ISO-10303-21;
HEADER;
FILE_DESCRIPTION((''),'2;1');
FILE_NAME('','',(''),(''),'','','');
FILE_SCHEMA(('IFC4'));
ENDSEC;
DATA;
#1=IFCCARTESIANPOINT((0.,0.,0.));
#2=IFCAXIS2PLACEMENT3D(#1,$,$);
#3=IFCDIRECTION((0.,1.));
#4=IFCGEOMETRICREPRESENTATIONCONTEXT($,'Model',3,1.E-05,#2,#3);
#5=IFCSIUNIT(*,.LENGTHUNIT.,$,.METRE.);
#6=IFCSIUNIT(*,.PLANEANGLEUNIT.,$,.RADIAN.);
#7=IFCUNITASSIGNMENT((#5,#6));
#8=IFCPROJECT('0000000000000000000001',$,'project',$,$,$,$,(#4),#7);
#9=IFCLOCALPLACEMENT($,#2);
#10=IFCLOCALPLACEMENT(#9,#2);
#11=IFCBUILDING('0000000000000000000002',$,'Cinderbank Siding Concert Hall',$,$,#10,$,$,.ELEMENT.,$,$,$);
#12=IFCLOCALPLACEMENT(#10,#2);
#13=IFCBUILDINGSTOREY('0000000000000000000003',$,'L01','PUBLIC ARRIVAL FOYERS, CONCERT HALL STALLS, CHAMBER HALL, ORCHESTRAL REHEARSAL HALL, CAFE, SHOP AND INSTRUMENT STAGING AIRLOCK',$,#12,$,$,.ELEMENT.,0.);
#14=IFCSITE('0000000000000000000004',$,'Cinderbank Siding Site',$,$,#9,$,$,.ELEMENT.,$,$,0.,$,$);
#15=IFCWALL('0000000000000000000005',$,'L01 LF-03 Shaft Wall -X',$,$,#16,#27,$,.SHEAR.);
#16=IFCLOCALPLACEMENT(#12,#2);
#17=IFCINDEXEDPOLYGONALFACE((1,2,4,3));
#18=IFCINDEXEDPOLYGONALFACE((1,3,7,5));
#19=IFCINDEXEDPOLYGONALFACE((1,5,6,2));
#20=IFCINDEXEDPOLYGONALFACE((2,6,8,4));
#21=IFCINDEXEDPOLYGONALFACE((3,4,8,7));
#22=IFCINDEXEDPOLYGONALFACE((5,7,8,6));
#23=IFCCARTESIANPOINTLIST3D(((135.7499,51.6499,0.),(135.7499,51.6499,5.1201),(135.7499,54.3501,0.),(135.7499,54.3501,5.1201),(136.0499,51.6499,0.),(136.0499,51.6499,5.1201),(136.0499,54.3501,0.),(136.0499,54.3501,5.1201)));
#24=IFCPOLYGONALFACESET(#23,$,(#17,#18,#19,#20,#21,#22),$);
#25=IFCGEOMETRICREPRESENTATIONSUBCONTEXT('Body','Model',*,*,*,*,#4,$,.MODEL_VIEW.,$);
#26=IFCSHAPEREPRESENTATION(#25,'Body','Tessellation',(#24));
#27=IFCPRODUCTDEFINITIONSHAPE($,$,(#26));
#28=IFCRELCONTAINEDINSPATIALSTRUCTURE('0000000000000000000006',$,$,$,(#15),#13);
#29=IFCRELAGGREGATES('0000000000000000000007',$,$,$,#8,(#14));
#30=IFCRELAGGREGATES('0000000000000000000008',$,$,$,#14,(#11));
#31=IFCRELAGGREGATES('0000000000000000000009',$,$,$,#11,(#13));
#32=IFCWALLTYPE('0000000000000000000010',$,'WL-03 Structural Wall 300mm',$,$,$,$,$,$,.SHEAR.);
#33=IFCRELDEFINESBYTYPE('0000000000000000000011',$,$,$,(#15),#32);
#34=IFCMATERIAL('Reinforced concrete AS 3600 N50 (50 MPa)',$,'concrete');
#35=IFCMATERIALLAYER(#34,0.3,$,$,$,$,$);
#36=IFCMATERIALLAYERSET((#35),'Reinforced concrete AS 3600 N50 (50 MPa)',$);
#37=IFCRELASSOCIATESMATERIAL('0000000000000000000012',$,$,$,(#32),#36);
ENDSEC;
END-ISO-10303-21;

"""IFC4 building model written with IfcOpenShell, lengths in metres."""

from ifc_helpers import new_model, si_unit, direction, frame, frame_2d, origin, place, context, subcontext, project, spatial, rectangle, extrude, material, layer, layer_set, type_object, element, save


model = new_model("IFC4")

# Units and contexts
model_context = context("Model", 3, precision=1e-05, world=origin(), true_north=direction((0.0, 1.0)))
body_context = subcontext(model_context, "Body", "Model", "MODEL_VIEW")
ifc_project = project(units=[si_unit("LENGTHUNIT", "METRE"), si_unit("PLANEANGLEUNIT", "RADIAN")], contexts=[model_context])

# Site, building, storey
site_placement = place(None, origin())
site = spatial("IfcSite", under=ifc_project, at=site_placement, Name="Cinderbank Siding Site", CompositionType="ELEMENT", RefElevation=0.0)
building_placement = place(site_placement, origin())
building = spatial("IfcBuilding", under=site, at=building_placement, Name="Cinderbank Siding Concert Hall", CompositionType="ELEMENT")
storey_placement = place(building_placement, origin())
storey = spatial("IfcBuildingStorey", under=building, at=storey_placement, Name="L01", Description="PUBLIC ARRIVAL FOYERS, CONCERT HALL STALLS, CHAMBER HALL, ORCHESTRAL REHEARSAL HALL, CAFE, SHOP AND INSTRUMENT STAGING AIRLOCK", CompositionType="ELEMENT", Elevation=0.0)

# Shared definitions
ifc_material_1 = material(Name="Reinforced concrete AS 3600 N50 (50 MPa)", Category="concrete")

# Wall
ifc_layer_1 = layer(ifc_material_1, 0.3)
ifc_layer_set_1 = layer_set([ifc_layer_1], Name="Reinforced concrete AS 3600 N50 (50 MPa)")
wall_type_1 = type_object("IfcWallType", Name="WL-03 Structural Wall 300mm", PredefinedType="SHEAR", material=ifc_layer_set_1)
wall_1_placement = place(storey_placement, frame((135.8999, 51.6499, 0.0), z_axis=(0.0, 0.0, 1.0), x_axis=(0.0, 1.0, 0.0)))
element("IfcWall", 1, at=wall_1_placement, inside=storey, type_object=wall_type_1, Name="L01 LF-03 Shaft Wall -X", PredefinedType="SHEAR", context=body_context, shape_type="SweptSolid", body=[
    extrude(rectangle(XDim=2.7002, YDim=0.3, at=frame_2d((1.3501, 0.0))), origin(), (0.0, 0.0, 1.0), 5.1201),
])

save(model, "model.ifc")
